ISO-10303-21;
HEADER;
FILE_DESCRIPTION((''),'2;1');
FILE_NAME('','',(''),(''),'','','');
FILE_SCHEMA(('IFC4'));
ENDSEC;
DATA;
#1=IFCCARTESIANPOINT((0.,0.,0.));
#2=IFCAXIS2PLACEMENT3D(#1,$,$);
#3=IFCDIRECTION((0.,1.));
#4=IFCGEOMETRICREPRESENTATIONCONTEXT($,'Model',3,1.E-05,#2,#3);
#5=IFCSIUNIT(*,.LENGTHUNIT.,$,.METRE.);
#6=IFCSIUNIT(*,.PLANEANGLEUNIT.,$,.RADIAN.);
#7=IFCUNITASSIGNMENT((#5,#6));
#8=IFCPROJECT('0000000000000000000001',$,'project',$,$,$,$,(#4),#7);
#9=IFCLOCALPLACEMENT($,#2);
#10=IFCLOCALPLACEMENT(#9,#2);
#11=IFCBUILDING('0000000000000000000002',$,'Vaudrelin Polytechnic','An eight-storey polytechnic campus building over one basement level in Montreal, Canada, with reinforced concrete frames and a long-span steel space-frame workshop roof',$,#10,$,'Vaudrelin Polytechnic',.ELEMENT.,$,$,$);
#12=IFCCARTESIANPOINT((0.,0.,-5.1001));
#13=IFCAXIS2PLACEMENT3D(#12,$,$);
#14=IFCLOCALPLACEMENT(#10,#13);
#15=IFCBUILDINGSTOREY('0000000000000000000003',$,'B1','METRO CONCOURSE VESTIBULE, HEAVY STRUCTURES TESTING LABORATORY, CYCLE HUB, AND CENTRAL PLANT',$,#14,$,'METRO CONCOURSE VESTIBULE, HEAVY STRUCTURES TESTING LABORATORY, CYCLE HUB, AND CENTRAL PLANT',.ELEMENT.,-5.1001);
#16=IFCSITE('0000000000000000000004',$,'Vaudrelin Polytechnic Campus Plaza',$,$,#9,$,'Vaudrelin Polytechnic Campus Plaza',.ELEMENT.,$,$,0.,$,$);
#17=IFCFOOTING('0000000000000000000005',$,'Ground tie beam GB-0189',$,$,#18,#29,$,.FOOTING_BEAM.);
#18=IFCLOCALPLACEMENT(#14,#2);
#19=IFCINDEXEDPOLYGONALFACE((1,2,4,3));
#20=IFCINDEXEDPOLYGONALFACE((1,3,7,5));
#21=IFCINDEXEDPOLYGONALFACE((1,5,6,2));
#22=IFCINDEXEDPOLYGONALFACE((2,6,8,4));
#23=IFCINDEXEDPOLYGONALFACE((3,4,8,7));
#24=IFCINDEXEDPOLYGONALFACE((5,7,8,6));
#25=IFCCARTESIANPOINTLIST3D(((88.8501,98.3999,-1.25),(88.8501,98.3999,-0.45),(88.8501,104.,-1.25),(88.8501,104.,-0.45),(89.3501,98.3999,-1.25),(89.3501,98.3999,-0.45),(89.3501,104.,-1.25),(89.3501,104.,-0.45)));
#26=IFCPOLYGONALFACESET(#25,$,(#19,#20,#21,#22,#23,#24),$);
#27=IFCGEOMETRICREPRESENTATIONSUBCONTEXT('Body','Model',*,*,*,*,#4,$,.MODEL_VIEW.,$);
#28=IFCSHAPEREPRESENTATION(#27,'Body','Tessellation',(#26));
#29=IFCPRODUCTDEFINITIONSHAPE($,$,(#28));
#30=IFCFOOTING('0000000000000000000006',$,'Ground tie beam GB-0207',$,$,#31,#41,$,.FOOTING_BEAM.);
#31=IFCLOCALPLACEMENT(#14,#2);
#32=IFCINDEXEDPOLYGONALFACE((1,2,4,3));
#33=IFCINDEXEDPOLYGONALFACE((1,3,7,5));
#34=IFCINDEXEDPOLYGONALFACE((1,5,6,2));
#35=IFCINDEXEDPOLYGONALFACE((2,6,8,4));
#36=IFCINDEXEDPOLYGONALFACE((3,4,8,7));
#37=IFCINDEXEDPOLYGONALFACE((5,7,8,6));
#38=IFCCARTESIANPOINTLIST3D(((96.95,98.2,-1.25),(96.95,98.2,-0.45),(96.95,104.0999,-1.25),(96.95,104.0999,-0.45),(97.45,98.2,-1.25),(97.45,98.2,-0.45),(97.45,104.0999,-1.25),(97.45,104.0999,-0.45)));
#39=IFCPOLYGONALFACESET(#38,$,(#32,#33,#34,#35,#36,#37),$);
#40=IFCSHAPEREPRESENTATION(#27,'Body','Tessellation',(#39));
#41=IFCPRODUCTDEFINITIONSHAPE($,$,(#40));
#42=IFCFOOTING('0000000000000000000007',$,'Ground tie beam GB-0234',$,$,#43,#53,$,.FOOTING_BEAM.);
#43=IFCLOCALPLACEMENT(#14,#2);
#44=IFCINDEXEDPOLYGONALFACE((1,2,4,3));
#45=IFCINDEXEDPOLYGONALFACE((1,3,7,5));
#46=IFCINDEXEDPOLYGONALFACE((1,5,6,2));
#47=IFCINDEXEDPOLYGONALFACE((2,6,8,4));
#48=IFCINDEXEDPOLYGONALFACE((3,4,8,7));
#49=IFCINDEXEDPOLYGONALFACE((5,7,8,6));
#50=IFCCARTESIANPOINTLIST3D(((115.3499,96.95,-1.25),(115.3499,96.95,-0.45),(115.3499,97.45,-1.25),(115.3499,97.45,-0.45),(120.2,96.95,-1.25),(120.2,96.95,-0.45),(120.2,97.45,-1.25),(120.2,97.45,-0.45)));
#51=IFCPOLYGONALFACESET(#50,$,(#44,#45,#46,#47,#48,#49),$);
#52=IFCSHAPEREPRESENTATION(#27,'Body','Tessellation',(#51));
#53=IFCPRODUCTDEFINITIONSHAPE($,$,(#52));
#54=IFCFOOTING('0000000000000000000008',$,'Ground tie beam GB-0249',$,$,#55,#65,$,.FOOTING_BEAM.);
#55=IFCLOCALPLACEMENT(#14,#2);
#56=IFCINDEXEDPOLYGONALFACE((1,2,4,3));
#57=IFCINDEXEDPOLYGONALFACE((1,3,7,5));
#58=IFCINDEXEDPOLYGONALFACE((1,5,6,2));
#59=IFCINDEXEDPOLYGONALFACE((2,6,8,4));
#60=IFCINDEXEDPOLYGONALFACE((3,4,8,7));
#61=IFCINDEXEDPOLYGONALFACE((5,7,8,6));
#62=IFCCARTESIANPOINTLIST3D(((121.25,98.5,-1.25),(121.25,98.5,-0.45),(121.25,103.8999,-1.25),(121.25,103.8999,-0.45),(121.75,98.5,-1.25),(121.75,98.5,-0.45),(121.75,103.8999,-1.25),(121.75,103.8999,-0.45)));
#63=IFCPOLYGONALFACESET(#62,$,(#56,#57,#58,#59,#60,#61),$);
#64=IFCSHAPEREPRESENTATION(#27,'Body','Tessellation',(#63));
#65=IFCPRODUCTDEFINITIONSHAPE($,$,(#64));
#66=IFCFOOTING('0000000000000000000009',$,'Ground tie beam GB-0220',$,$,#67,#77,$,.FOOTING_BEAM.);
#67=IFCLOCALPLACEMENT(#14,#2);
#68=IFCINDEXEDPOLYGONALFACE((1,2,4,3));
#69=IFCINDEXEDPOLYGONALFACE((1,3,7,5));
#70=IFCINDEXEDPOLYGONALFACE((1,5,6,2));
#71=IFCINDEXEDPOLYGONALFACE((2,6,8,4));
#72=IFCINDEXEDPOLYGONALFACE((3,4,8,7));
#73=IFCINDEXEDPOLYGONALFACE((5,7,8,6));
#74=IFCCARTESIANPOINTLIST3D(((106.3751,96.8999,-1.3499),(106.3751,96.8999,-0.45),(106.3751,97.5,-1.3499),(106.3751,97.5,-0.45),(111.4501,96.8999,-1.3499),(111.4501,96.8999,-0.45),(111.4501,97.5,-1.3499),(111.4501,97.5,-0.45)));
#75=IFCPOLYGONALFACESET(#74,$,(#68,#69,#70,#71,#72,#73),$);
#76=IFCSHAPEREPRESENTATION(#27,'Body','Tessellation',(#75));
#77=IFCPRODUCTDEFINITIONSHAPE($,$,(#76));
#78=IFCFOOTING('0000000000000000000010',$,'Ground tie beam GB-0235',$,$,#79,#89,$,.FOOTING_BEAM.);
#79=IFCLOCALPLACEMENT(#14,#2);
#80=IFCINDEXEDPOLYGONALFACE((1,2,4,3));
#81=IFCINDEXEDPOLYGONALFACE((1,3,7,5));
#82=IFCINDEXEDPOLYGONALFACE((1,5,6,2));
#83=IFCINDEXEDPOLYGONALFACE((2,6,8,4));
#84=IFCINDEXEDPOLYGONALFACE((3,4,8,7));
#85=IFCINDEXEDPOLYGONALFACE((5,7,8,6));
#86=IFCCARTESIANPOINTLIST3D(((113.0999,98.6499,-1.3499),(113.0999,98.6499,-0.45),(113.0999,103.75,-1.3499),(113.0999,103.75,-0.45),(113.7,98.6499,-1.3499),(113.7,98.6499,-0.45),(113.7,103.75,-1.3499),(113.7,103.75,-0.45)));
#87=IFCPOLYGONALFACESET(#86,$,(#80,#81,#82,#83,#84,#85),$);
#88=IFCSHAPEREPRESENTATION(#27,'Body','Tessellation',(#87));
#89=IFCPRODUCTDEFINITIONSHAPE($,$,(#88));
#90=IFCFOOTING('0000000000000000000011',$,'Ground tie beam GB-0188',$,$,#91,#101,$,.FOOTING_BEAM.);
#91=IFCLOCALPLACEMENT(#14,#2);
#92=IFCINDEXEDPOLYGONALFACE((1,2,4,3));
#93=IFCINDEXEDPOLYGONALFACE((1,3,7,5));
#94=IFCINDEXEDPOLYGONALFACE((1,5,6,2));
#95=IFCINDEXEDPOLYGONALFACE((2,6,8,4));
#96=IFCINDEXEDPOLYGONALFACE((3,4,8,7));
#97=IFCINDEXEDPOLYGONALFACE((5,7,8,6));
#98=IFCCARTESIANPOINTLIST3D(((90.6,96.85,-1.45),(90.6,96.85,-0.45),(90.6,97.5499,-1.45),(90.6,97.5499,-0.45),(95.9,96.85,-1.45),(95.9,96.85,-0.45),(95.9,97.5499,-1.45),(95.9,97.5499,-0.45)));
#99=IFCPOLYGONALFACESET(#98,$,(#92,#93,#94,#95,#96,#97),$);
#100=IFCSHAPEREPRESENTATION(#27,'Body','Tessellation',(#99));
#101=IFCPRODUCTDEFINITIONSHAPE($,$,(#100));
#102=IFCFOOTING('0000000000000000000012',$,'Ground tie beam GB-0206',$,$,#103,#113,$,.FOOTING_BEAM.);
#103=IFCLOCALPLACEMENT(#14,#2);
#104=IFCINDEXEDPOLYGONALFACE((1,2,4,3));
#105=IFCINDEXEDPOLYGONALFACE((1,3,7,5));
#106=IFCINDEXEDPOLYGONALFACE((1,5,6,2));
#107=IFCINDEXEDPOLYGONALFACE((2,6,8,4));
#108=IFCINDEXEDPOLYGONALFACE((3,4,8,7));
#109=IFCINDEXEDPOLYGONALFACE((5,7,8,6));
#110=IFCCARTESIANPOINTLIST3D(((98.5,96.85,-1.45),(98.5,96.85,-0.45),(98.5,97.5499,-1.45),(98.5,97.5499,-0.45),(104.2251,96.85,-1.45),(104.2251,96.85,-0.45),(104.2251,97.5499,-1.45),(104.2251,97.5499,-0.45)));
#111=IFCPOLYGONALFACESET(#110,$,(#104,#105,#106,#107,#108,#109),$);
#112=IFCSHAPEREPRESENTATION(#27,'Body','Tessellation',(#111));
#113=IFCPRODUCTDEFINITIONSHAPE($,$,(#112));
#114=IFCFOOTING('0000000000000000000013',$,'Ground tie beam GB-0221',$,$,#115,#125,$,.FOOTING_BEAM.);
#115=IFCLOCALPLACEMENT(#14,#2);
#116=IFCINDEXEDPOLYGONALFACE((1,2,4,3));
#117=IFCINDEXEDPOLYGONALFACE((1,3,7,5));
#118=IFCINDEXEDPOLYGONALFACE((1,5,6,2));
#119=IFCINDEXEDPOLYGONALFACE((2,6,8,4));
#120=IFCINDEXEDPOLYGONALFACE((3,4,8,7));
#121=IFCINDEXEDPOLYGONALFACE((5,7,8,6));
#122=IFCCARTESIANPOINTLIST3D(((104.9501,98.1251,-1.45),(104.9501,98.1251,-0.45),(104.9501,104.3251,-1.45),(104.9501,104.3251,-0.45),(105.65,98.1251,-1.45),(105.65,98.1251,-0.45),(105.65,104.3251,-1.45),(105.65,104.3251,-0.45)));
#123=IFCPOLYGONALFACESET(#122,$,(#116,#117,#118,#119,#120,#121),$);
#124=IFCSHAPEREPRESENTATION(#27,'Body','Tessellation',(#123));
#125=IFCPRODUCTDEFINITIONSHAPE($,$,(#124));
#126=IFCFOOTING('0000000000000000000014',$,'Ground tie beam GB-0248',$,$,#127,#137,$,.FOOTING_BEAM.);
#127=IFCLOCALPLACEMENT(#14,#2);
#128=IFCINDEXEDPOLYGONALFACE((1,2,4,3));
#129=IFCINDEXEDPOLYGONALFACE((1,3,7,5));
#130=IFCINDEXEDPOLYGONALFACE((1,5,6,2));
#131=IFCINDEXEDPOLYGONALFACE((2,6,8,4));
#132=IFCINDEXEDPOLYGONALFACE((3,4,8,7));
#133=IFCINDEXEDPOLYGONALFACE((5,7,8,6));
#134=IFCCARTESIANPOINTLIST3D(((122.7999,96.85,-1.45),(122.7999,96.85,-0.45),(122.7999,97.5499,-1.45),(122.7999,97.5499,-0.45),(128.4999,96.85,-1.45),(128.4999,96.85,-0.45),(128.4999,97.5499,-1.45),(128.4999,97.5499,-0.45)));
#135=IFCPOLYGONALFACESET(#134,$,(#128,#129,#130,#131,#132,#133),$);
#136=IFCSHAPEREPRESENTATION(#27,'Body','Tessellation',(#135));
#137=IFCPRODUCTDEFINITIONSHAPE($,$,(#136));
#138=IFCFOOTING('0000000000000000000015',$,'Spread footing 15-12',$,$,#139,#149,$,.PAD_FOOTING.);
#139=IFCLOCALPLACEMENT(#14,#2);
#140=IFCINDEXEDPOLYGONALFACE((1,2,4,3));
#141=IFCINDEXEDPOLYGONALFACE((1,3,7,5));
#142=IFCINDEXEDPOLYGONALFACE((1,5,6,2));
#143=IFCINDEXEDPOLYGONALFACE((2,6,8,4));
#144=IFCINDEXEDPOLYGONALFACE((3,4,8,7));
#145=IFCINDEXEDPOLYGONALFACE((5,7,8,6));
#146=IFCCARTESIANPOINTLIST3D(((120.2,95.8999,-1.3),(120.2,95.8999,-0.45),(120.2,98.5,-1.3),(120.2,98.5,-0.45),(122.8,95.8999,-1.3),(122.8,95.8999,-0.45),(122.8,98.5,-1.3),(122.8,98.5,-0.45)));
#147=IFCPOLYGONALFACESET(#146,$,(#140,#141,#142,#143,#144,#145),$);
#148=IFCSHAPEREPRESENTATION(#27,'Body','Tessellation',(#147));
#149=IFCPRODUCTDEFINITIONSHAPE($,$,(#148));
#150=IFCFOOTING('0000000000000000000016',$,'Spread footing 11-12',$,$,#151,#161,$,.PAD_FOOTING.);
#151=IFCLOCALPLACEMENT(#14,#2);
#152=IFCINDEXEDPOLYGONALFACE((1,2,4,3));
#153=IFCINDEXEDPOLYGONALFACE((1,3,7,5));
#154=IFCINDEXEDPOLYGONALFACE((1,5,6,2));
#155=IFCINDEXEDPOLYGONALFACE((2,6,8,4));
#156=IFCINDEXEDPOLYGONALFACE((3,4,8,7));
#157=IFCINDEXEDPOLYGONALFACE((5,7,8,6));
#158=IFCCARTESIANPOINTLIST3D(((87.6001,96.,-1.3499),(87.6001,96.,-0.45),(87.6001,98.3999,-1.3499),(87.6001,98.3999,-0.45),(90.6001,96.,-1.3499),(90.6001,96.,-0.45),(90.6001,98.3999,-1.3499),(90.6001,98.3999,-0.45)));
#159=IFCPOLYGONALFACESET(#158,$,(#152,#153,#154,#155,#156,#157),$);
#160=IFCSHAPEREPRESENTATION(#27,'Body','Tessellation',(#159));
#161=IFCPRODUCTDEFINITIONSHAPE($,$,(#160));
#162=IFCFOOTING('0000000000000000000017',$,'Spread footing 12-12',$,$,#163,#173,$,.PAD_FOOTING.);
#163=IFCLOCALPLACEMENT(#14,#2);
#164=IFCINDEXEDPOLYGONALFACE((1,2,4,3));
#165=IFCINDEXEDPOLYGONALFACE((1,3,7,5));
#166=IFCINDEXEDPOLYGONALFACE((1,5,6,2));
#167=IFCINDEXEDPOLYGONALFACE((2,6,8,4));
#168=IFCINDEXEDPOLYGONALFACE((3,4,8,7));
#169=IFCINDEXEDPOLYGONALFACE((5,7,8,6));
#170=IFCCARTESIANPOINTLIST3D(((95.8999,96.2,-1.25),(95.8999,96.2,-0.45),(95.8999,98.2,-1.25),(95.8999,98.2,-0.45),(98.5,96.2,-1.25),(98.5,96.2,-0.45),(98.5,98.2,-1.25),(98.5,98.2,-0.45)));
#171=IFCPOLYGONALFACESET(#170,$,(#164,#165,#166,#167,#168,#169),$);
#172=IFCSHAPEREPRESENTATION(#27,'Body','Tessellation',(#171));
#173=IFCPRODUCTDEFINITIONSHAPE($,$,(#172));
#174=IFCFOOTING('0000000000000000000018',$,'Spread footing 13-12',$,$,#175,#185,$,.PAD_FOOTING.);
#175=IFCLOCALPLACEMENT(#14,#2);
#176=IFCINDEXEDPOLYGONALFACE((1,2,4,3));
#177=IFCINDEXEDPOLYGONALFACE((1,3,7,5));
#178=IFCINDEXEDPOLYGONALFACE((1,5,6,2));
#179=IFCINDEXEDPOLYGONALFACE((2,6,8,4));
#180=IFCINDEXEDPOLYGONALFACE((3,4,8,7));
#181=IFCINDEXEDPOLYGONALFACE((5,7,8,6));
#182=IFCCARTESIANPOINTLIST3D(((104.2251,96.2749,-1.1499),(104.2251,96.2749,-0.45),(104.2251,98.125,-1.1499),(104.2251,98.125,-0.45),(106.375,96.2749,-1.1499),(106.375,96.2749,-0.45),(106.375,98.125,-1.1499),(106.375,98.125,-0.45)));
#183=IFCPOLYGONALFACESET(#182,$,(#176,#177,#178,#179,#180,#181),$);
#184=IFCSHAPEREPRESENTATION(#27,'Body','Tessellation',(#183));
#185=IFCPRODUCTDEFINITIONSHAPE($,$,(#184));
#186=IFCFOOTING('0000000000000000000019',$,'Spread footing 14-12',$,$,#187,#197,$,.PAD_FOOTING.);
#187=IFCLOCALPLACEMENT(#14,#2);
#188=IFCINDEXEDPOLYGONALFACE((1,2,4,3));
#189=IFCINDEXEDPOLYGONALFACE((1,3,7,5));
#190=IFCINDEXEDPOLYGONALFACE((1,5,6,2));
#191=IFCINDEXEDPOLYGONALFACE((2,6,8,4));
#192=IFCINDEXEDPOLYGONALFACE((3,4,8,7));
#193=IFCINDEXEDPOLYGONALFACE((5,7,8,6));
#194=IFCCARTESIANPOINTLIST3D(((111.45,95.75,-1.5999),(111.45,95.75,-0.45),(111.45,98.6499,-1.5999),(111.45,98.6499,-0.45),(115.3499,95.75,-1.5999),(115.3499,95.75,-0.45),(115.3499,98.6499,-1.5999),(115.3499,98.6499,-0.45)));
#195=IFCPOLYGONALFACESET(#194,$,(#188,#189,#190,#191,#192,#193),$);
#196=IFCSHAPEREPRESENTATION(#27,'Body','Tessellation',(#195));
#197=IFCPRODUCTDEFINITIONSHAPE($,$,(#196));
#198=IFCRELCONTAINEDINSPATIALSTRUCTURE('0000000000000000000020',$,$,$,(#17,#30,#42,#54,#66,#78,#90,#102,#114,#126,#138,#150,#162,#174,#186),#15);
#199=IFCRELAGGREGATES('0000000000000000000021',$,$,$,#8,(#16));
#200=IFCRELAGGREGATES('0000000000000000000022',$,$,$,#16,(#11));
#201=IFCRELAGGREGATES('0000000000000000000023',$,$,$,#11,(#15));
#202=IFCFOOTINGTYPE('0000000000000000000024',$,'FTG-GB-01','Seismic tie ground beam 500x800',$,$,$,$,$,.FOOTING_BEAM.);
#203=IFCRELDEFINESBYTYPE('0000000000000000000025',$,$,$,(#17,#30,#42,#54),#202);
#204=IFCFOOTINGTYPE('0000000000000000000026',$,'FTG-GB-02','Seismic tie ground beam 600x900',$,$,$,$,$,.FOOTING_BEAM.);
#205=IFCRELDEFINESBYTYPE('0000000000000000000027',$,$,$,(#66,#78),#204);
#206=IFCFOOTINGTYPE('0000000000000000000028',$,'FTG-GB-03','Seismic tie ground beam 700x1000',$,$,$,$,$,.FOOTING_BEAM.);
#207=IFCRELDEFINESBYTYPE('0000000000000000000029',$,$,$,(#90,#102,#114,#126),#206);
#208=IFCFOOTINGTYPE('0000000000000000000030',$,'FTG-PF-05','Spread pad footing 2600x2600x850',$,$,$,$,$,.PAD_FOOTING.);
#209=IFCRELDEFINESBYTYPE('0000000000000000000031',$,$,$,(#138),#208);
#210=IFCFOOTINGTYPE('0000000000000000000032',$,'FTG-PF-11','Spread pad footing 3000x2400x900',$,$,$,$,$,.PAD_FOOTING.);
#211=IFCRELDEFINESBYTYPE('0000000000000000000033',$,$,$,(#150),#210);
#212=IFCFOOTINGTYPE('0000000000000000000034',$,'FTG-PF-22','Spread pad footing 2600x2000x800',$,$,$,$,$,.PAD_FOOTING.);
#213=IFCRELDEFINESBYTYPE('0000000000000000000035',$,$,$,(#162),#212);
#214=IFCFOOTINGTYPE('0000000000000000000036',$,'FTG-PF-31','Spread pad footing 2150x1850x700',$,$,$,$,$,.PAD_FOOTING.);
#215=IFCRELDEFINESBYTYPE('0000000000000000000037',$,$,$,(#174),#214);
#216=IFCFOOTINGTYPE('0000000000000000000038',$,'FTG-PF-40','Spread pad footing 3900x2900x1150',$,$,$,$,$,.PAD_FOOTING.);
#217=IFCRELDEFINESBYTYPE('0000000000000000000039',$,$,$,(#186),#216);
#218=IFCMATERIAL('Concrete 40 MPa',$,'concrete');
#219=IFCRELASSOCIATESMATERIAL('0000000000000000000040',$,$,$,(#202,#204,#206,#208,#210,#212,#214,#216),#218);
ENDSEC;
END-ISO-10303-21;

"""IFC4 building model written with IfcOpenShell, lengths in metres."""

from ifc_helpers import new_model, si_unit, direction, frame, origin, origin_2d, place, context, subcontext, project, spatial, rectangle, extrude, material, type_object, element, save


model = new_model("IFC4")

# Units and contexts
model_context = context("Model", 3, precision=1e-05, world=origin(), true_north=direction((0.0, 1.0)))
body_context = subcontext(model_context, "Body", "Model", "MODEL_VIEW")
ifc_project = project(units=[si_unit("LENGTHUNIT", "METRE"), si_unit("PLANEANGLEUNIT", "RADIAN")], contexts=[model_context])

# Site, building, storey
site_placement = place(None, origin())
site = spatial("IfcSite", under=ifc_project, at=site_placement, Name="Vaudrelin Polytechnic Campus Plaza", LongName="Vaudrelin Polytechnic Campus Plaza", CompositionType="ELEMENT", RefElevation=0.0)
building_placement = place(site_placement, origin())
building = spatial("IfcBuilding", under=site, at=building_placement, Name="Vaudrelin Polytechnic", Description="An eight-storey polytechnic campus building over one basement level in Montreal, Canada, with reinforced concrete frames and a long-span steel space-frame workshop roof", LongName="Vaudrelin Polytechnic", CompositionType="ELEMENT")
storey_placement = place(building_placement, frame((0.0, 0.0, -5.1001)))
storey = spatial("IfcBuildingStorey", under=building, at=storey_placement, Name="B1", Description="METRO CONCOURSE VESTIBULE, HEAVY STRUCTURES TESTING LABORATORY, CYCLE HUB, AND CENTRAL PLANT", LongName="METRO CONCOURSE VESTIBULE, HEAVY STRUCTURES TESTING LABORATORY, CYCLE HUB, AND CENTRAL PLANT", CompositionType="ELEMENT", Elevation=-5.1001)

# Footings
ifc_material_1 = material(Name="Concrete 40 MPa", Category="concrete")
footing_type_1 = type_object("IfcFootingType", Name="FTG-GB-01", Description="Seismic tie ground beam 500x800", PredefinedType="FOOTING_BEAM", material=ifc_material_1)
footing_1_placement = place(storey_placement, frame((89.1001, 101.2, -1.25), z_axis=(0.0, 0.0, 1.0), x_axis=(1.0, 0.0, 0.0)))
element("IfcFooting", 1, at=footing_1_placement, inside=storey, type_object=footing_type_1, Name="Ground tie beam GB-0189", PredefinedType="FOOTING_BEAM", context=body_context, shape_type="SweptSolid", body=[
    extrude(rectangle(XDim=0.5, YDim=5.6001, at=origin_2d()), origin(), (0.0, 0.0, 1.0), 0.8),
])
footing_2_placement = place(storey_placement, frame((97.2, 101.1499, -1.25), z_axis=(0.0, 0.0, 1.0), x_axis=(1.0, 0.0, 0.0)))
element("IfcFooting", 2, at=footing_2_placement, inside=storey, type_object=footing_type_1, Name="Ground tie beam GB-0207", PredefinedType="FOOTING_BEAM", context=body_context, shape_type="SweptSolid", body=[
    extrude(rectangle(XDim=0.5, YDim=5.8999, at=origin_2d()), origin(), (0.0, 0.0, 1.0), 0.8),
])
footing_3_placement = place(storey_placement, frame((117.7749, 97.2, -1.25), z_axis=(0.0, 0.0, 1.0), x_axis=(1.0, 0.0, 0.0)))
element("IfcFooting", 3, at=footing_3_placement, inside=storey, type_object=footing_type_1, Name="Ground tie beam GB-0234", PredefinedType="FOOTING_BEAM", context=body_context, shape_type="SweptSolid", body=[
    extrude(rectangle(XDim=4.8501, YDim=0.5, at=origin_2d()), origin(), (0.0, 0.0, 1.0), 0.8),
])
footing_4_placement = place(storey_placement, frame((121.5, 101.2, -1.25), z_axis=(0.0, 0.0, 1.0), x_axis=(1.0, 0.0, 0.0)))
element("IfcFooting", 4, at=footing_4_placement, inside=storey, type_object=footing_type_1, Name="Ground tie beam GB-0249", PredefinedType="FOOTING_BEAM", context=body_context, shape_type="SweptSolid", body=[
    extrude(rectangle(XDim=0.5, YDim=5.3999, at=origin_2d()), origin(), (0.0, 0.0, 1.0), 0.8),
])
footing_type_2 = type_object("IfcFootingType", Name="FTG-GB-02", Description="Seismic tie ground beam 600x900", PredefinedType="FOOTING_BEAM", material=ifc_material_1)
footing_5_placement = place(storey_placement, frame((108.9126, 97.2, -1.3499), z_axis=(0.0, 0.0, 1.0), x_axis=(1.0, 0.0, 0.0)))
element("IfcFooting", 5, at=footing_5_placement, inside=storey, type_object=footing_type_2, Name="Ground tie beam GB-0220", PredefinedType="FOOTING_BEAM", context=body_context, shape_type="SweptSolid", body=[
    extrude(rectangle(XDim=5.075, YDim=0.6001, at=origin_2d()), origin(), (0.0, 0.0, 1.0), 0.8999),
])
footing_6_placement = place(storey_placement, frame((113.3999, 101.2, -1.3499), z_axis=(0.0, 0.0, 1.0), x_axis=(1.0, 0.0, 0.0)))
element("IfcFooting", 6, at=footing_6_placement, inside=storey, type_object=footing_type_2, Name="Ground tie beam GB-0235", PredefinedType="FOOTING_BEAM", context=body_context, shape_type="SweptSolid", body=[
    extrude(rectangle(XDim=0.6001, YDim=5.1001, at=origin_2d()), origin(), (0.0, 0.0, 1.0), 0.8999),
])
footing_type_3 = type_object("IfcFootingType", Name="FTG-GB-03", Description="Seismic tie ground beam 700x1000", PredefinedType="FOOTING_BEAM", material=ifc_material_1)
footing_7_placement = place(storey_placement, frame((93.25, 97.2, -1.45), z_axis=(0.0, 0.0, 1.0), x_axis=(1.0, 0.0, 0.0)))
element("IfcFooting", 7, at=footing_7_placement, inside=storey, type_object=footing_type_3, Name="Ground tie beam GB-0188", PredefinedType="FOOTING_BEAM", context=body_context, shape_type="SweptSolid", body=[
    extrude(rectangle(XDim=5.3, YDim=0.7, at=origin_2d()), origin(), (0.0, 0.0, 1.0), 1.0),
])
footing_8_placement = place(storey_placement, frame((101.3625, 97.2, -1.45), z_axis=(0.0, 0.0, 1.0), x_axis=(1.0, 0.0, 0.0)))
element("IfcFooting", 8, at=footing_8_placement, inside=storey, type_object=footing_type_3, Name="Ground tie beam GB-0206", PredefinedType="FOOTING_BEAM", context=body_context, shape_type="SweptSolid", body=[
    extrude(rectangle(XDim=5.7251, YDim=0.7, at=origin_2d()), origin(), (0.0, 0.0, 1.0), 1.0),
])
footing_9_placement = place(storey_placement, frame((105.3, 101.2251, -1.45), z_axis=(0.0, 0.0, 1.0), x_axis=(1.0, 0.0, 0.0)))
element("IfcFooting", 9, at=footing_9_placement, inside=storey, type_object=footing_type_3, Name="Ground tie beam GB-0221", PredefinedType="FOOTING_BEAM", context=body_context, shape_type="SweptSolid", body=[
    extrude(rectangle(XDim=0.7, YDim=6.2, at=origin_2d()), origin(), (0.0, 0.0, 1.0), 1.0),
])
footing_10_placement = place(storey_placement, frame((125.6499, 97.2, -1.45), z_axis=(0.0, 0.0, 1.0), x_axis=(1.0, 0.0, 0.0)))
element("IfcFooting", 10, at=footing_10_placement, inside=storey, type_object=footing_type_3, Name="Ground tie beam GB-0248", PredefinedType="FOOTING_BEAM", context=body_context, shape_type="SweptSolid", body=[
    extrude(rectangle(XDim=5.7, YDim=0.7, at=origin_2d()), origin(), (0.0, 0.0, 1.0), 1.0),
])
footing_type_4 = type_object("IfcFootingType", Name="FTG-PF-05", Description="Spread pad footing 2600x2600x850", PredefinedType="PAD_FOOTING", material=ifc_material_1)
footing_11_placement = place(storey_placement, frame((121.5, 97.2, -1.3), z_axis=(0.0, 0.0, 1.0), x_axis=(1.0, 0.0, 0.0)))
element("IfcFooting", 11, at=footing_11_placement, inside=storey, type_object=footing_type_4, Name="Spread footing 15-12", PredefinedType="PAD_FOOTING", context=body_context, shape_type="SweptSolid", body=[
    extrude(rectangle(XDim=2.6001, YDim=2.6001, at=origin_2d()), origin(), (0.0, 0.0, 1.0), 0.8501),
])
footing_type_5 = type_object("IfcFootingType", Name="FTG-PF-11", Description="Spread pad footing 3000x2400x900", PredefinedType="PAD_FOOTING", material=ifc_material_1)
footing_12_placement = place(storey_placement, frame((89.1001, 97.2, -1.3499), z_axis=(0.0, 0.0, 1.0), x_axis=(1.0, 0.0, 0.0)))
element("IfcFooting", 12, at=footing_12_placement, inside=storey, type_object=footing_type_5, Name="Spread footing 11-12", PredefinedType="PAD_FOOTING", context=body_context, shape_type="SweptSolid", body=[
    extrude(rectangle(XDim=3.0, YDim=2.3999, at=origin_2d()), origin(), (0.0, 0.0, 1.0), 0.8999),
])
footing_type_6 = type_object("IfcFootingType", Name="FTG-PF-22", Description="Spread pad footing 2600x2000x800", PredefinedType="PAD_FOOTING", material=ifc_material_1)
footing_13_placement = place(storey_placement, frame((97.2, 97.2, -1.25), z_axis=(0.0, 0.0, 1.0), x_axis=(1.0, 0.0, 0.0)))
element("IfcFooting", 13, at=footing_13_placement, inside=storey, type_object=footing_type_6, Name="Spread footing 12-12", PredefinedType="PAD_FOOTING", context=body_context, shape_type="SweptSolid", body=[
    extrude(rectangle(XDim=2.6001, YDim=2.0, at=origin_2d()), origin(), (0.0, 0.0, 1.0), 0.8),
])
footing_type_7 = type_object("IfcFootingType", Name="FTG-PF-31", Description="Spread pad footing 2150x1850x700", PredefinedType="PAD_FOOTING", material=ifc_material_1)
footing_14_placement = place(storey_placement, frame((105.3, 97.2, -1.1499), z_axis=(0.0, 0.0, 1.0), x_axis=(1.0, 0.0, 0.0)))
element("IfcFooting", 14, at=footing_14_placement, inside=storey, type_object=footing_type_7, Name="Spread footing 13-12", PredefinedType="PAD_FOOTING", context=body_context, shape_type="SweptSolid", body=[
    extrude(rectangle(XDim=2.1499, YDim=1.8501, at=origin_2d()), origin(), (0.0, 0.0, 1.0), 0.7),
])
footing_type_8 = type_object("IfcFootingType", Name="FTG-PF-40", Description="Spread pad footing 3900x2900x1150", PredefinedType="PAD_FOOTING", material=ifc_material_1)
footing_15_placement = place(storey_placement, frame((113.3999, 97.2, -1.5999), z_axis=(0.0, 0.0, 1.0), x_axis=(1.0, 0.0, 0.0)))
element("IfcFooting", 15, at=footing_15_placement, inside=storey, type_object=footing_type_8, Name="Spread footing 14-12", PredefinedType="PAD_FOOTING", context=body_context, shape_type="SweptSolid", body=[
    extrude(rectangle(XDim=3.8999, YDim=2.8999, at=origin_2d()), origin(), (0.0, 0.0, 1.0), 1.1499),
])

save(model, "model.ifc")
